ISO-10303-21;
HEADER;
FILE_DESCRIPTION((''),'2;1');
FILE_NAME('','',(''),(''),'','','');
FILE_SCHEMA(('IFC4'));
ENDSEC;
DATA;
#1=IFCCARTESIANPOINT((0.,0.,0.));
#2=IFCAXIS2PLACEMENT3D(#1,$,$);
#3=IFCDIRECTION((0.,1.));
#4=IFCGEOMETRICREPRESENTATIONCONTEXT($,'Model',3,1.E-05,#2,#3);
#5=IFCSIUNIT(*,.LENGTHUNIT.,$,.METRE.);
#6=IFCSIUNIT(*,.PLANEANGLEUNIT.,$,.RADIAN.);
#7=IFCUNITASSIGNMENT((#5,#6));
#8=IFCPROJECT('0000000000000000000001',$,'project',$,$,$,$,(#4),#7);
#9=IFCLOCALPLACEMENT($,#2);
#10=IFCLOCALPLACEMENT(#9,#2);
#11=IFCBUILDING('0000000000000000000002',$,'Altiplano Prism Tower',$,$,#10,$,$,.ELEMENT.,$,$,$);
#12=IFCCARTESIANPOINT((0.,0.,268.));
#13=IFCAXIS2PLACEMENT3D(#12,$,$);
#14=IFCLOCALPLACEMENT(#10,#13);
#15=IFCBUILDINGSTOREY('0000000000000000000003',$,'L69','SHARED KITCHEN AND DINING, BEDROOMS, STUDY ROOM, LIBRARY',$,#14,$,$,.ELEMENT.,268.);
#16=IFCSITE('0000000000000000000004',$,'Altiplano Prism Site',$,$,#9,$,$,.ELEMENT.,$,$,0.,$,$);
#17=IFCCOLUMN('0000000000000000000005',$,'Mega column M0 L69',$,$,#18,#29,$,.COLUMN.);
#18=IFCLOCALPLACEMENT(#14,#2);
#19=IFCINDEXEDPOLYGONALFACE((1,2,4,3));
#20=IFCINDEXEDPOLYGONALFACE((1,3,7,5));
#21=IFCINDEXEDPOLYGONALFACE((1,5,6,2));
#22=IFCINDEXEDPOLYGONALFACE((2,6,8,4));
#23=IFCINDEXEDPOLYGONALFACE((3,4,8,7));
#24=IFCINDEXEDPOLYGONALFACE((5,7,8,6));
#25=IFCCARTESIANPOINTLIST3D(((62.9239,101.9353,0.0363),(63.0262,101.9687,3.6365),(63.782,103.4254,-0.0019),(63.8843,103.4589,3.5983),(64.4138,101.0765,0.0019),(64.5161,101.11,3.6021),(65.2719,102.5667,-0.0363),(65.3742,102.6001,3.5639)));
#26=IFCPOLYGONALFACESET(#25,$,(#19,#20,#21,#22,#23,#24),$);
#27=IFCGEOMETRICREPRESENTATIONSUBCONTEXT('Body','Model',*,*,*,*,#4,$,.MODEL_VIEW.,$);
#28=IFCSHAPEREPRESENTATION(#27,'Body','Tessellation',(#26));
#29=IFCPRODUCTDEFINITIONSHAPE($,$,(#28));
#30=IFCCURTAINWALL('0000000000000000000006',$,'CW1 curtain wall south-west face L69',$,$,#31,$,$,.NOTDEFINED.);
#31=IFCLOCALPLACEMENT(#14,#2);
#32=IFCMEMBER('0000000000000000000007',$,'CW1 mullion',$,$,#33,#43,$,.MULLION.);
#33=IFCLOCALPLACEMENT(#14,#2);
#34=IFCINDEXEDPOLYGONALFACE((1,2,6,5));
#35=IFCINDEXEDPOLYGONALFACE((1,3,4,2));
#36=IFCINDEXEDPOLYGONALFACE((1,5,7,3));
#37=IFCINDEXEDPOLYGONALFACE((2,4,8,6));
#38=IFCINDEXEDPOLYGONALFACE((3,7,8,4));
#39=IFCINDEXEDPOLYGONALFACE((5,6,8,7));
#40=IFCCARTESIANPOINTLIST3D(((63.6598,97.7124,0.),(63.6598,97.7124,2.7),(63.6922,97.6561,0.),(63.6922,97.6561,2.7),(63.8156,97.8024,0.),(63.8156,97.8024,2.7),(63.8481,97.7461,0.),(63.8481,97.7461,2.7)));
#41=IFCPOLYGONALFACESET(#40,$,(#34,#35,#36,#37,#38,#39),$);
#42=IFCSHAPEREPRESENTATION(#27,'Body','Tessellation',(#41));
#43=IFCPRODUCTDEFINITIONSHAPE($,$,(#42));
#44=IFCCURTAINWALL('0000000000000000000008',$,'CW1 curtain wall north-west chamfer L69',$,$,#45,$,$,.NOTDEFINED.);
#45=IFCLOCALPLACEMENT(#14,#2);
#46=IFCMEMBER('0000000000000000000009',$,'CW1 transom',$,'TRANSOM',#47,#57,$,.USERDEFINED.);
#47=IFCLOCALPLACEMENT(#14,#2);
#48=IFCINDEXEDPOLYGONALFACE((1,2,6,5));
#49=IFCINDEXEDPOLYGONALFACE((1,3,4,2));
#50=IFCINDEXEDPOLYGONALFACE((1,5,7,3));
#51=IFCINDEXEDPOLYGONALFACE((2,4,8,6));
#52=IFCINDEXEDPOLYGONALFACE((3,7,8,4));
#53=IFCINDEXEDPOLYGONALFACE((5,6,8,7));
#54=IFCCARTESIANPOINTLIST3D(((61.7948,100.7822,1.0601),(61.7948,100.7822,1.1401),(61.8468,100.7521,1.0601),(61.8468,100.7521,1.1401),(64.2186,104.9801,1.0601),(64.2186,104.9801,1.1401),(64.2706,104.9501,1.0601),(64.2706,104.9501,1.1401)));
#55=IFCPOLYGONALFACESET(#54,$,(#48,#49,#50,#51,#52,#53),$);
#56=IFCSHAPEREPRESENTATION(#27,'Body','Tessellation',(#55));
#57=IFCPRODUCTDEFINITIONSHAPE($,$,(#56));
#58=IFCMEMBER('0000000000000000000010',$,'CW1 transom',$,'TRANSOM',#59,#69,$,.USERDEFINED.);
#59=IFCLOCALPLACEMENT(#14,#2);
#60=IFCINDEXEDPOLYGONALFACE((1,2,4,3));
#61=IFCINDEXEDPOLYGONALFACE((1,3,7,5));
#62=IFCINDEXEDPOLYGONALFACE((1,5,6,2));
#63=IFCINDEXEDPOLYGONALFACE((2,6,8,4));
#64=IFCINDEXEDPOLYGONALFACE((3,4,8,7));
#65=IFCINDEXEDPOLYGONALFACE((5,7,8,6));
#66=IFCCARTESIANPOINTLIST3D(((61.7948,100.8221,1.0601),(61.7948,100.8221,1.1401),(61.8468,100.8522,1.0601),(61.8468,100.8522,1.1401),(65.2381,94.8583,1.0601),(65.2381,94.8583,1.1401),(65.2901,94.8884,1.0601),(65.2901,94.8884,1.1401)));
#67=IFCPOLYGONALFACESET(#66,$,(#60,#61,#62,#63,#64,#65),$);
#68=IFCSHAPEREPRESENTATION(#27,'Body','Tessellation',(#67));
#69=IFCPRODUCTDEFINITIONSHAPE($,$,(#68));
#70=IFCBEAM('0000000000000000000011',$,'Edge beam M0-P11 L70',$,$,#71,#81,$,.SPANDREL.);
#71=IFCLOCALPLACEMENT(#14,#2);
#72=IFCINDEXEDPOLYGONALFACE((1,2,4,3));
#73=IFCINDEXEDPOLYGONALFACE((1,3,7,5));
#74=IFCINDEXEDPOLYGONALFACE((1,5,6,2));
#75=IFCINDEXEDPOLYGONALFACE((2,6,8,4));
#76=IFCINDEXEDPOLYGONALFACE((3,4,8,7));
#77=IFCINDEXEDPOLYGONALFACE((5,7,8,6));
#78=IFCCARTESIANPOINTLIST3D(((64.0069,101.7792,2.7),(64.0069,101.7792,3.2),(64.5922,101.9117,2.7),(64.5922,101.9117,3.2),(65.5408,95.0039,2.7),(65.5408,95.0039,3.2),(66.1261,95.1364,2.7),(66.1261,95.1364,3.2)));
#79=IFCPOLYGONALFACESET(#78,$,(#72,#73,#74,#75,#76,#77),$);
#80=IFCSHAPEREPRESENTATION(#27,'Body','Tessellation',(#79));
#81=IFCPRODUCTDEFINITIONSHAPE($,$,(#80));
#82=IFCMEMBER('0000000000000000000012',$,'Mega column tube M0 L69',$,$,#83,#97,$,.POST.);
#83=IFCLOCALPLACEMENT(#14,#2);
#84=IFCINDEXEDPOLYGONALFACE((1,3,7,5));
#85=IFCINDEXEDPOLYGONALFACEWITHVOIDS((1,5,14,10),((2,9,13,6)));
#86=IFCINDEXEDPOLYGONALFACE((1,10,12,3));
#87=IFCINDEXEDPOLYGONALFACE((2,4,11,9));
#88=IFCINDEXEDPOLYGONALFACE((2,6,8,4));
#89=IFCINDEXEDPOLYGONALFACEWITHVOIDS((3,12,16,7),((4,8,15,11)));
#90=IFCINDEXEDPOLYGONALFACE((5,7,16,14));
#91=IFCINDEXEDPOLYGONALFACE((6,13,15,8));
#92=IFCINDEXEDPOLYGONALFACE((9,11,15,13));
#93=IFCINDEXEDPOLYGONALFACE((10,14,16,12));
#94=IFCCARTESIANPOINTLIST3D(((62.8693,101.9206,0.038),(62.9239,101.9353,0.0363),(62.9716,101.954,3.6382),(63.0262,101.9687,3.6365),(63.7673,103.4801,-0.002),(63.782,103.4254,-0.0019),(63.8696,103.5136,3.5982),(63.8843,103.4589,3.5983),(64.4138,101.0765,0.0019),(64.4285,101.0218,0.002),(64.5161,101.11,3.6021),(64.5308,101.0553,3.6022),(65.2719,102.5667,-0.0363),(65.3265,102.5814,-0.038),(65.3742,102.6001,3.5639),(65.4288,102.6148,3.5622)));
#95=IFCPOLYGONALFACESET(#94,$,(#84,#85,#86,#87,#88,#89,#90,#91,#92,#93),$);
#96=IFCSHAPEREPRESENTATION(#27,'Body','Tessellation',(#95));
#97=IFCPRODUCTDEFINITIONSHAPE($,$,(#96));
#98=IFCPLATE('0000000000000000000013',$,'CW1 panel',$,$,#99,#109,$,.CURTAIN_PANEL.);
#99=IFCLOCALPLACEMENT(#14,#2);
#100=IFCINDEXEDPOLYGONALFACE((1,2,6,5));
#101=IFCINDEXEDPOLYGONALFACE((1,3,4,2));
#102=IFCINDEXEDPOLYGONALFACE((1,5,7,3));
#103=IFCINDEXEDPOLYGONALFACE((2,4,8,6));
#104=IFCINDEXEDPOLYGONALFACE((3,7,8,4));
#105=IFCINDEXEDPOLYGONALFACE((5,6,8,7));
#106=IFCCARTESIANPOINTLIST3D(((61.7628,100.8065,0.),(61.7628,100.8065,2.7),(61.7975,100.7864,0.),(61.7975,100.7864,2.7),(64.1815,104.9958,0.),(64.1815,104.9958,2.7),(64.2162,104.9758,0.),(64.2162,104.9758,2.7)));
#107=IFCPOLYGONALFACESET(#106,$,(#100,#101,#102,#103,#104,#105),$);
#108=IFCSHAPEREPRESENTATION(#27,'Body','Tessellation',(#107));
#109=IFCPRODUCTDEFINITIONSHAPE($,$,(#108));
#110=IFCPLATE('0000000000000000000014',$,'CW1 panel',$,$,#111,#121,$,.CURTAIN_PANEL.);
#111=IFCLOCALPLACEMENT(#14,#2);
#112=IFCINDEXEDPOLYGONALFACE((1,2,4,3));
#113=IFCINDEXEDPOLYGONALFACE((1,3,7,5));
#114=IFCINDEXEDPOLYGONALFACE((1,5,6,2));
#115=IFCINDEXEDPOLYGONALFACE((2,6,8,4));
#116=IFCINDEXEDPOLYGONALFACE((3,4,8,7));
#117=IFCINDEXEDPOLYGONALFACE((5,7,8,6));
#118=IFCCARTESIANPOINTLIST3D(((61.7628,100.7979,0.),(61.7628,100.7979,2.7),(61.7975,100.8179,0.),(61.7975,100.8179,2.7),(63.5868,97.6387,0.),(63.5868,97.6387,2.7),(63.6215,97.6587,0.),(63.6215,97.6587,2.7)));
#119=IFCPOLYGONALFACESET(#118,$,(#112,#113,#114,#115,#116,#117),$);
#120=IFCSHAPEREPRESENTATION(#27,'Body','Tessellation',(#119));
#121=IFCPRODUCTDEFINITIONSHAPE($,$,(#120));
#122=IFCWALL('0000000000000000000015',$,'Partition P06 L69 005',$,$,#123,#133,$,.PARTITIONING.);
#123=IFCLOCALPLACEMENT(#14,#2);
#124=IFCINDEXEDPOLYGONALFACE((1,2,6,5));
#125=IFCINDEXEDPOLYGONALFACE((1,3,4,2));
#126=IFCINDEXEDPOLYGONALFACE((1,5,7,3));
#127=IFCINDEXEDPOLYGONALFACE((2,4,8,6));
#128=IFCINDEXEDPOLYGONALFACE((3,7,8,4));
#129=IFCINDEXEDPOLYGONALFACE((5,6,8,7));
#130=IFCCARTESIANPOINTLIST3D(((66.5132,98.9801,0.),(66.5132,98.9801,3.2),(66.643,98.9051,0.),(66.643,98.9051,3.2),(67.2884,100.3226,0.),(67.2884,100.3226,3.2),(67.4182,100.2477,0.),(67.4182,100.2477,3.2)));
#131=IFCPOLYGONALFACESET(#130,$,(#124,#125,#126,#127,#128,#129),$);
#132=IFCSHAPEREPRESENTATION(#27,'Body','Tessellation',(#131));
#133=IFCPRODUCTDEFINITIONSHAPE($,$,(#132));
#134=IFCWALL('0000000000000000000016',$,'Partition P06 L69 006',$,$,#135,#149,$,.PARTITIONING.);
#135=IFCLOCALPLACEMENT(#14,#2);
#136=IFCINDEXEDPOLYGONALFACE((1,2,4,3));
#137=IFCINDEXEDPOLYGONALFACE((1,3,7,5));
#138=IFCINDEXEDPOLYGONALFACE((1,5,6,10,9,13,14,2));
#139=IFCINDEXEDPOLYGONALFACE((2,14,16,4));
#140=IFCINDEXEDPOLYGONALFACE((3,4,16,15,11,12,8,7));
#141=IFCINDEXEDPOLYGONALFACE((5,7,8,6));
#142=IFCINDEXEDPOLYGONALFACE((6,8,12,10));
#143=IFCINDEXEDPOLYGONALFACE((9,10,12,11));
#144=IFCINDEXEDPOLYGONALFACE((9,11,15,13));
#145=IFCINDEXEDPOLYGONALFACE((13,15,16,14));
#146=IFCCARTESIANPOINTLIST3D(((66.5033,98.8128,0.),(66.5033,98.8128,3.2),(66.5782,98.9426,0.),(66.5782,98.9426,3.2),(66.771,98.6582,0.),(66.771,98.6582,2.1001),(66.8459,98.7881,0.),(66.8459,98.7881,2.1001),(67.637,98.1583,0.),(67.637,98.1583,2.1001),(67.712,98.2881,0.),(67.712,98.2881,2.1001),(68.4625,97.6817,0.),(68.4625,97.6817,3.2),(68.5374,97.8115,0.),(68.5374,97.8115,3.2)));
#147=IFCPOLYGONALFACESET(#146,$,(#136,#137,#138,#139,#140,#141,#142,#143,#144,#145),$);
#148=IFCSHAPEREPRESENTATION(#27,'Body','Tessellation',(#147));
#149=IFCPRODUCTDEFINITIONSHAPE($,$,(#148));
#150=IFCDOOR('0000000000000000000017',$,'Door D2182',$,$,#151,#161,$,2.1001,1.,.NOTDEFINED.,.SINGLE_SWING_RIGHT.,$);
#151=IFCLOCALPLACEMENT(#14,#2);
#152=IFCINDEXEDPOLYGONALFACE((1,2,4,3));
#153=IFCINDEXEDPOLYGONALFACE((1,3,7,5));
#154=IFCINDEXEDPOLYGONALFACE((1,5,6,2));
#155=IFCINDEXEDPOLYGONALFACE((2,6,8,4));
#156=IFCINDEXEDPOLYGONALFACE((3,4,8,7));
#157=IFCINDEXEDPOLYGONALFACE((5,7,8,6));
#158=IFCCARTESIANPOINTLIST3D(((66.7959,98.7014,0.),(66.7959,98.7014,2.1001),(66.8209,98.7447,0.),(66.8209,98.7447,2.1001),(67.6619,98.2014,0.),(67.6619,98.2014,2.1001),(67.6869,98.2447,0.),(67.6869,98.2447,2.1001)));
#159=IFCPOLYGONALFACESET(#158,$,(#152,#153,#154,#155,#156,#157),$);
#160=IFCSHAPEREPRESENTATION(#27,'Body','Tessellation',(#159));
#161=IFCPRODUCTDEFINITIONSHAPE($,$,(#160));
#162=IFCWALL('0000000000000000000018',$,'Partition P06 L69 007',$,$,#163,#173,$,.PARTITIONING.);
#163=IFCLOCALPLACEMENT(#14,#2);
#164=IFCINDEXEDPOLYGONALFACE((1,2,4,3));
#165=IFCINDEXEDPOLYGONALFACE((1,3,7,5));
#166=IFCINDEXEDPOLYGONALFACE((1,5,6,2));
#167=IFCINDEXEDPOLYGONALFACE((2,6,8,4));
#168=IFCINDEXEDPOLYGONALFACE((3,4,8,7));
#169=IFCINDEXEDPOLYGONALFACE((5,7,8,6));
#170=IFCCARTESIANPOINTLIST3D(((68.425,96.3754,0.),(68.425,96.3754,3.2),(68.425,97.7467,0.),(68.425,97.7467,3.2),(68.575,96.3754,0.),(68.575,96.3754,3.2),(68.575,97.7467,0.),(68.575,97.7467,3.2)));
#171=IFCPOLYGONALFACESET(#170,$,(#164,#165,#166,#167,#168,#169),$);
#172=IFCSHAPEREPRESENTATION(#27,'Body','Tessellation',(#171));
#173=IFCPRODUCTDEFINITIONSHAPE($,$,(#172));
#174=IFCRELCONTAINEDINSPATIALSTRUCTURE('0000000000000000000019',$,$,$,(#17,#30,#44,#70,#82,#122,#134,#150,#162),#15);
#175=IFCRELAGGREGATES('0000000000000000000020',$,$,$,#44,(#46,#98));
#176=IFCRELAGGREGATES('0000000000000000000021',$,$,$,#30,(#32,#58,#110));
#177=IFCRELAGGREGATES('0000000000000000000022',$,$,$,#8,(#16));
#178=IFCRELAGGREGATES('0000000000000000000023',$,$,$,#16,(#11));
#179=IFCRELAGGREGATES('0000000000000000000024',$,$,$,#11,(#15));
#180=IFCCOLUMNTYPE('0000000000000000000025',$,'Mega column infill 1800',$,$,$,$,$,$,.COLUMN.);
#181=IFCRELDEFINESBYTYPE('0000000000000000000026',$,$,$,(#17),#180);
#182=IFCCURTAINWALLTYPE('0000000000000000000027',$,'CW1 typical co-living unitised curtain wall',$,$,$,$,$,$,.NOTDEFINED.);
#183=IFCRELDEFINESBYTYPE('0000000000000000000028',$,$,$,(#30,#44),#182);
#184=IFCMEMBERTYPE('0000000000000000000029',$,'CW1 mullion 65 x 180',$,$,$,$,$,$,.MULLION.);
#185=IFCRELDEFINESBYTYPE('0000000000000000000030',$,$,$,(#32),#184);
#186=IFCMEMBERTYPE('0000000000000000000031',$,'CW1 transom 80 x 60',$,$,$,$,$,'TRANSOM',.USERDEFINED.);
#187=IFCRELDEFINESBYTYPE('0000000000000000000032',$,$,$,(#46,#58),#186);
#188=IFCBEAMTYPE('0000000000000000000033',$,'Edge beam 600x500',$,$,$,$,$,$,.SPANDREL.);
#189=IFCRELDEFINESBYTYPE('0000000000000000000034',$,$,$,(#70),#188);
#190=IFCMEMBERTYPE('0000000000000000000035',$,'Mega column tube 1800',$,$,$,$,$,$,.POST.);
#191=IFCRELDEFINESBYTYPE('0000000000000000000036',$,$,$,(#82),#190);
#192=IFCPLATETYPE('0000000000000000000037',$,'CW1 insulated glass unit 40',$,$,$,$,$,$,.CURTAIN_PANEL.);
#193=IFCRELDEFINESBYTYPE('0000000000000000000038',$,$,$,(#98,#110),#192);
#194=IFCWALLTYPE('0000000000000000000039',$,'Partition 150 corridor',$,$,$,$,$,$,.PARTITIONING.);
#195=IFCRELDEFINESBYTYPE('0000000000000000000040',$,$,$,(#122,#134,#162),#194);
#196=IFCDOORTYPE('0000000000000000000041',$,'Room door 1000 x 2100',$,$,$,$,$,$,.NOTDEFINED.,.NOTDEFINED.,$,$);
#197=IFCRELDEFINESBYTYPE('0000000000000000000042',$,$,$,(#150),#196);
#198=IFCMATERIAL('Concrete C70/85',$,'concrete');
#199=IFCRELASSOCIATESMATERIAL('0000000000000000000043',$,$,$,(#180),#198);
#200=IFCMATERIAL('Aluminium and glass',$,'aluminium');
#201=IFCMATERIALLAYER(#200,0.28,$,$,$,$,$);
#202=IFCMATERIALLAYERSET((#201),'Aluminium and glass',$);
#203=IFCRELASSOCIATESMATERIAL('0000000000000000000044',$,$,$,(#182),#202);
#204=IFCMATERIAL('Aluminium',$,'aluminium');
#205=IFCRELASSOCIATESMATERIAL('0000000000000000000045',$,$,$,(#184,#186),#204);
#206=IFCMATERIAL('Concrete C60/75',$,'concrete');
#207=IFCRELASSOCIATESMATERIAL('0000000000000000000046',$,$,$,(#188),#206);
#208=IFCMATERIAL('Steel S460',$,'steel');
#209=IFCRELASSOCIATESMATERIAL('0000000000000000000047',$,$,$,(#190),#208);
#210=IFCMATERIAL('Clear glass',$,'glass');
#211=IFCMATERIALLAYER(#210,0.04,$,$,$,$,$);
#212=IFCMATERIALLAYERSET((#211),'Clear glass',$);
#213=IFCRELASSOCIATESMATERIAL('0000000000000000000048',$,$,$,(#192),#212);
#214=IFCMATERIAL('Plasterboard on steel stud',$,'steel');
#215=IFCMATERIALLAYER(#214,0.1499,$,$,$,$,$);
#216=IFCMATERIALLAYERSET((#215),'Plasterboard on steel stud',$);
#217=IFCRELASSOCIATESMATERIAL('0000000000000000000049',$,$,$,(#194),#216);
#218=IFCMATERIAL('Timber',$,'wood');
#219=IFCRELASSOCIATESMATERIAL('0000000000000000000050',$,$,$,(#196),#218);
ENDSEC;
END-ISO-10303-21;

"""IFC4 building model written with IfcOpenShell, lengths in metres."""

from ifc_helpers import new_model, si_unit, direction, frame, frame_2d, origin, origin_2d, place, context, subcontext, project, spatial, rectangle, hollow_rectangle, extrude, material, layer, layer_set, material_profile, profile_set, type_object, element, fill, aggregate, save


model = new_model("IFC4")

# Units and contexts
model_context = context("Model", 3, precision=1e-05, world=origin(), true_north=direction((0.0, 1.0)))
body_context = subcontext(model_context, "Body", "Model", "MODEL_VIEW")
ifc_project = project(units=[si_unit("LENGTHUNIT", "METRE"), si_unit("PLANEANGLEUNIT", "RADIAN")], contexts=[model_context])

# Site, building, storey
site_placement = place(None, origin())
site = spatial("IfcSite", under=ifc_project, at=site_placement, Name="Altiplano Prism Site", CompositionType="ELEMENT", RefElevation=0.0)
building_placement = place(site_placement, origin())
building = spatial("IfcBuilding", under=site, at=building_placement, Name="Altiplano Prism Tower", CompositionType="ELEMENT")
storey_placement = place(building_placement, frame((0.0, 0.0, 268.0)))
storey = spatial("IfcBuildingStorey", under=building, at=storey_placement, Name="L69", Description="SHARED KITCHEN AND DINING, BEDROOMS, STUDY ROOM, LIBRARY", CompositionType="ELEMENT", Elevation=268.0)

# Column
ifc_material_1 = material(Name="Concrete C70/85", Category="concrete")
ifc_material_profile_1 = material_profile(ifc_material_1, rectangle(XDim=1.72, YDim=1.72, at=origin_2d()), Name="Mega column infill 1800")
ifc_profile_set_1 = profile_set([ifc_material_profile_1], Name="Concrete C70/85")
column_type = type_object("IfcColumnType", Name="Mega column infill 1800", PredefinedType="COLUMN", material=ifc_profile_set_1)
column_placement = place(storey_placement, frame((64.0979, 102.251, 0.0), z_axis=(0.028402, 0.009287, 0.999553), x_axis=(-0.866208, 0.499285, 0.019974)))
element("IfcColumn", 1, at=column_placement, inside=storey, type_object=column_type, Name="Mega column M0 L69", PredefinedType="COLUMN", context=body_context, shape_type="SweptSolid", body=[
    extrude(rectangle(XDim=1.72, YDim=1.72, at=origin_2d()), origin(), (0.0, 0.0, 1.0), 3.6018),
])

# Curtain walls, members
ifc_material_2 = material(Name="Aluminium and glass", Category="aluminium")
ifc_layer_1 = layer(ifc_material_2, 0.28)
ifc_layer_set_1 = layer_set([ifc_layer_1], Name="Aluminium and glass")
curtain_wall_type = type_object("IfcCurtainWallType", Name="CW1 typical co-living unitised curtain wall", PredefinedType="NOTDEFINED", material=ifc_layer_set_1)
curtain_wall_1_placement = place(storey_placement, origin())
curtain_wall_1 = element("IfcCurtainWall", 2, at=curtain_wall_1_placement, inside=storey, type_object=curtain_wall_type, Name="CW1 curtain wall south-west face L69", PredefinedType="NOTDEFINED")
ifc_material_3 = material(Name="Aluminium", Category="aluminium")
ifc_material_profile_2 = material_profile(ifc_material_3, rectangle(XDim=0.1799, YDim=0.0649, at=origin_2d()), Name="CW1 mullion 65 x 180")
ifc_profile_set_2 = profile_set([ifc_material_profile_2], Name="Aluminium")
member_type_1 = type_object("IfcMemberType", Name="CW1 mullion 65 x 180", PredefinedType="MULLION", material=ifc_profile_set_2)
member_1_placement = place(storey_placement, frame((63.7539, 97.7292, 0.0), z_axis=(0.0, 0.0, 1.0), x_axis=(0.866025, 0.5, 0.0)))
member_1 = element("IfcMember", 3, at=member_1_placement, type_object=member_type_1, Name="CW1 mullion", PredefinedType="MULLION", context=body_context, shape_type="SweptSolid", body=[
    extrude(rectangle(XDim=0.1799, YDim=0.0649, at=origin_2d()), origin(), (0.0, 0.0, 1.0), 2.7),
])
curtain_wall_2_placement = place(storey_placement, origin())
curtain_wall_2 = element("IfcCurtainWall", 4, at=curtain_wall_2_placement, inside=storey, type_object=curtain_wall_type, Name="CW1 curtain wall north-west chamfer L69", PredefinedType="NOTDEFINED")
ifc_material_profile_3 = material_profile(ifc_material_3, rectangle(XDim=0.0601, YDim=0.0801, at=origin_2d()), Name="CW1 transom 80 x 60")
ifc_profile_set_3 = profile_set([ifc_material_profile_3], Name="Aluminium")
member_type_2 = type_object("IfcMemberType", Name="CW1 transom 80 x 60", ElementType="TRANSOM", PredefinedType="USERDEFINED", material=ifc_profile_set_3)
member_2_placement = place(storey_placement, frame((64.2446, 104.9651, 1.1001), z_axis=(-0.500017, -0.866015, 0.0), x_axis=(0.866015, -0.500017, 0.0)))
member_2 = element("IfcMember", 5, at=member_2_placement, type_object=member_type_2, Name="CW1 transom", ObjectType="TRANSOM", PredefinedType="USERDEFINED", context=body_context, shape_type="SweptSolid", body=[
    extrude(rectangle(XDim=0.0601, YDim=0.0801, at=origin_2d()), origin(), (0.0, 0.0, 1.0), 4.8474),
])

# Member
member_3_placement = place(storey_placement, frame((61.8208, 100.8372, 1.1001), z_axis=(0.500013, -0.866018, 0.0), x_axis=(0.866018, 0.500013, 0.0)))
member_3 = element("IfcMember", 6, at=member_3_placement, type_object=member_type_2, Name="CW1 transom", ObjectType="TRANSOM", PredefinedType="USERDEFINED", context=body_context, shape_type="SweptSolid", body=[
    extrude(rectangle(XDim=0.0601, YDim=0.0801, at=origin_2d()), origin(), (0.0, 0.0, 1.0), 6.8865),
])

# Beam
ifc_material_4 = material(Name="Concrete C60/75", Category="concrete")
ifc_material_profile_4 = material_profile(ifc_material_4, rectangle(XDim=0.6001, YDim=0.5, at=origin_2d()), Name="Edge beam 600x500")
ifc_profile_set_4 = profile_set([ifc_material_profile_4], Name="Concrete C60/75")
beam_type = type_object("IfcBeamType", Name="Edge beam 600x500", PredefinedType="SPANDREL", material=ifc_profile_set_4)
beam_placement = place(storey_placement, frame((64.2996, 101.8455, 2.95), z_axis=(0.22081, -0.975317, 0.0), x_axis=(0.975317, 0.22081, 0.0)))
element("IfcBeam", 7, at=beam_placement, inside=storey, type_object=beam_type, Name="Edge beam M0-P11 L70", PredefinedType="SPANDREL", context=body_context, shape_type="SweptSolid", body=[
    extrude(rectangle(XDim=0.6001, YDim=0.5, at=origin_2d()), origin(), (0.0, 0.0, 1.0), 6.9468),
])

# Member
ifc_material_5 = material(Name="Steel S460", Category="steel")
ifc_material_profile_5 = material_profile(ifc_material_5, hollow_rectangle(XDim=1.8, YDim=1.8, WallThickness=0.04, at=origin_2d()), Name="Mega column tube 1800")
ifc_profile_set_5 = profile_set([ifc_material_profile_5], Name="Steel S460")
member_type_3 = type_object("IfcMemberType", Name="Mega column tube 1800", PredefinedType="POST", material=ifc_profile_set_5)
member_4_placement = place(storey_placement, frame((64.0979, 102.251, 0.0), z_axis=(0.028402, 0.009287, 0.999553), x_axis=(-0.866208, 0.499285, 0.019974)))
element("IfcMember", 8, at=member_4_placement, inside=storey, type_object=member_type_3, Name="Mega column tube M0 L69", PredefinedType="POST", context=body_context, shape_type="SweptSolid", body=[
    extrude(hollow_rectangle(XDim=1.8, YDim=1.8, WallThickness=0.04, at=origin_2d()), origin(), (0.0, 0.0, 1.0), 3.6018),
])

# Plates
ifc_material_6 = material(Name="Clear glass", Category="glass")
ifc_layer_2 = layer(ifc_material_6, 0.04)
ifc_layer_set_2 = layer_set([ifc_layer_2], Name="Clear glass")
plate_type = type_object("IfcPlateType", Name="CW1 insulated glass unit 40", PredefinedType="CURTAIN_PANEL", material=ifc_layer_set_2)
plate_1_placement = place(storey_placement, frame((62.9895, 102.8911, 0.0), z_axis=(0.0, 0.0, 1.0), x_axis=(-0.5, -0.866025, 0.0)))
plate_1 = element("IfcPlate", 9, at=plate_1_placement, type_object=plate_type, Name="CW1 panel", PredefinedType="CURTAIN_PANEL", context=body_context, shape_type="SweptSolid", body=[
    extrude(rectangle(XDim=4.8374, YDim=0.04, at=origin_2d()), origin(), (0.0, 0.0, 1.0), 2.7),
])
aggregate(curtain_wall_2, [member_2, plate_1])
plate_2_placement = place(storey_placement, frame((62.6921, 99.2283, 0.0), z_axis=(0.0, 0.0, 1.0), x_axis=(0.5, -0.866025, 0.0)))
plate_2 = element("IfcPlate", 10, at=plate_2_placement, type_object=plate_type, Name="CW1 panel", PredefinedType="CURTAIN_PANEL", context=body_context, shape_type="SweptSolid", body=[
    extrude(rectangle(XDim=3.6479, YDim=0.04, at=origin_2d()), origin(), (0.0, 0.0, 1.0), 2.7),
])
aggregate(curtain_wall_1, [member_1, member_3, plate_2])

# Wall
ifc_material_7 = material(Name="Plasterboard on steel stud", Category="steel")
ifc_layer_3 = layer(ifc_material_7, 0.1499)
ifc_layer_set_3 = layer_set([ifc_layer_3], Name="Plasterboard on steel stud")
wall_type_1 = type_object("IfcWallType", Name="Partition 150 corridor", PredefinedType="PARTITIONING", material=ifc_layer_set_3)
wall_1_placement = place(storey_placement, frame((67.3533, 100.2852, 0.0), z_axis=(0.0, 0.0, 1.0), x_axis=(-0.500018, -0.866015, 0.0)))
element("IfcWall", 11, at=wall_1_placement, inside=storey, type_object=wall_type_1, Name="Partition P06 L69 005", PredefinedType="PARTITIONING", context=body_context, shape_type="SweptSolid", body=[
    extrude(rectangle(XDim=1.5503, YDim=0.1499, at=frame_2d((0.7751, 0.0))), origin(), (0.0, 0.0, 1.0), 3.2),
])

# Wall, opening, door
wall_2_placement = place(storey_placement, frame((66.5408, 98.8777, 0.0), z_axis=(0.0, 0.0, 1.0), x_axis=(0.866036, -0.499981, 0.0)))
wall_2 = element("IfcWall", 12, at=wall_2_placement, inside=storey, type_object=wall_type_1, Name="Partition P06 L69 006", PredefinedType="PARTITIONING", context=body_context, shape_type="SweptSolid", body=[
    extrude(rectangle(XDim=2.2622, YDim=0.1499, at=frame_2d((1.1311, 0.0))), origin(), (0.0, 0.0, 1.0), 3.2),
])
opening_placement = place(wall_2_placement, frame((0.3091, 0.0, 0.0)))
opening = element("IfcOpeningElement", 13, at=opening_placement, cuts=wall_2, PredefinedType="OPENING", context=body_context, shape_type="SweptSolid", body=[
    extrude(rectangle(XDim=1.0, YDim=2.1001, at=frame_2d((0.5, 1.05))), frame((0.0, 0.0854, 0.0), z_axis=(0.0, -1.0, 0.0), x_axis=(1.0, 0.0, 0.0)), (0.0, 0.0, 1.0), 0.1709),
])
ifc_material_8 = material(Name="Timber", Category="wood")
door_type = type_object("IfcDoorType", Name="Room door 1000 x 2100", OperationType="NOTDEFINED", PredefinedType="NOTDEFINED", material=ifc_material_8)
door_placement = place(opening_placement, origin())
door = element("IfcDoor", 14, at=door_placement, inside=storey, type_object=door_type, Name="Door D2182", OperationType="SINGLE_SWING_RIGHT", OverallHeight=2.1001, OverallWidth=1.0, PredefinedType="NOTDEFINED", context=body_context, shape_type="SweptSolid", body=[
    extrude(rectangle(XDim=1.0, YDim=2.1001, at=frame_2d((0.5, 1.05))), frame((0.0, 0.0249, 0.0), z_axis=(0.0, -1.0, 0.0), x_axis=(1.0, 0.0, 0.0)), (0.0, 0.0, 1.0), 0.05),
])
fill(opening, door)

# Wall
wall_3_placement = place(storey_placement, frame((68.5, 97.7466, 0.0), z_axis=(0.0, 0.0, 1.0), x_axis=(0.0, -1.0, 0.0)))
element("IfcWall", 15, at=wall_3_placement, inside=storey, type_object=wall_type_1, Name="Partition P06 L69 007", PredefinedType="PARTITIONING", context=body_context, shape_type="SweptSolid", body=[
    extrude(rectangle(XDim=1.3713, YDim=0.1499, at=frame_2d((0.6855, 0.0))), origin(), (0.0, 0.0, 1.0), 3.2),
])

save(model, "model.ifc")
